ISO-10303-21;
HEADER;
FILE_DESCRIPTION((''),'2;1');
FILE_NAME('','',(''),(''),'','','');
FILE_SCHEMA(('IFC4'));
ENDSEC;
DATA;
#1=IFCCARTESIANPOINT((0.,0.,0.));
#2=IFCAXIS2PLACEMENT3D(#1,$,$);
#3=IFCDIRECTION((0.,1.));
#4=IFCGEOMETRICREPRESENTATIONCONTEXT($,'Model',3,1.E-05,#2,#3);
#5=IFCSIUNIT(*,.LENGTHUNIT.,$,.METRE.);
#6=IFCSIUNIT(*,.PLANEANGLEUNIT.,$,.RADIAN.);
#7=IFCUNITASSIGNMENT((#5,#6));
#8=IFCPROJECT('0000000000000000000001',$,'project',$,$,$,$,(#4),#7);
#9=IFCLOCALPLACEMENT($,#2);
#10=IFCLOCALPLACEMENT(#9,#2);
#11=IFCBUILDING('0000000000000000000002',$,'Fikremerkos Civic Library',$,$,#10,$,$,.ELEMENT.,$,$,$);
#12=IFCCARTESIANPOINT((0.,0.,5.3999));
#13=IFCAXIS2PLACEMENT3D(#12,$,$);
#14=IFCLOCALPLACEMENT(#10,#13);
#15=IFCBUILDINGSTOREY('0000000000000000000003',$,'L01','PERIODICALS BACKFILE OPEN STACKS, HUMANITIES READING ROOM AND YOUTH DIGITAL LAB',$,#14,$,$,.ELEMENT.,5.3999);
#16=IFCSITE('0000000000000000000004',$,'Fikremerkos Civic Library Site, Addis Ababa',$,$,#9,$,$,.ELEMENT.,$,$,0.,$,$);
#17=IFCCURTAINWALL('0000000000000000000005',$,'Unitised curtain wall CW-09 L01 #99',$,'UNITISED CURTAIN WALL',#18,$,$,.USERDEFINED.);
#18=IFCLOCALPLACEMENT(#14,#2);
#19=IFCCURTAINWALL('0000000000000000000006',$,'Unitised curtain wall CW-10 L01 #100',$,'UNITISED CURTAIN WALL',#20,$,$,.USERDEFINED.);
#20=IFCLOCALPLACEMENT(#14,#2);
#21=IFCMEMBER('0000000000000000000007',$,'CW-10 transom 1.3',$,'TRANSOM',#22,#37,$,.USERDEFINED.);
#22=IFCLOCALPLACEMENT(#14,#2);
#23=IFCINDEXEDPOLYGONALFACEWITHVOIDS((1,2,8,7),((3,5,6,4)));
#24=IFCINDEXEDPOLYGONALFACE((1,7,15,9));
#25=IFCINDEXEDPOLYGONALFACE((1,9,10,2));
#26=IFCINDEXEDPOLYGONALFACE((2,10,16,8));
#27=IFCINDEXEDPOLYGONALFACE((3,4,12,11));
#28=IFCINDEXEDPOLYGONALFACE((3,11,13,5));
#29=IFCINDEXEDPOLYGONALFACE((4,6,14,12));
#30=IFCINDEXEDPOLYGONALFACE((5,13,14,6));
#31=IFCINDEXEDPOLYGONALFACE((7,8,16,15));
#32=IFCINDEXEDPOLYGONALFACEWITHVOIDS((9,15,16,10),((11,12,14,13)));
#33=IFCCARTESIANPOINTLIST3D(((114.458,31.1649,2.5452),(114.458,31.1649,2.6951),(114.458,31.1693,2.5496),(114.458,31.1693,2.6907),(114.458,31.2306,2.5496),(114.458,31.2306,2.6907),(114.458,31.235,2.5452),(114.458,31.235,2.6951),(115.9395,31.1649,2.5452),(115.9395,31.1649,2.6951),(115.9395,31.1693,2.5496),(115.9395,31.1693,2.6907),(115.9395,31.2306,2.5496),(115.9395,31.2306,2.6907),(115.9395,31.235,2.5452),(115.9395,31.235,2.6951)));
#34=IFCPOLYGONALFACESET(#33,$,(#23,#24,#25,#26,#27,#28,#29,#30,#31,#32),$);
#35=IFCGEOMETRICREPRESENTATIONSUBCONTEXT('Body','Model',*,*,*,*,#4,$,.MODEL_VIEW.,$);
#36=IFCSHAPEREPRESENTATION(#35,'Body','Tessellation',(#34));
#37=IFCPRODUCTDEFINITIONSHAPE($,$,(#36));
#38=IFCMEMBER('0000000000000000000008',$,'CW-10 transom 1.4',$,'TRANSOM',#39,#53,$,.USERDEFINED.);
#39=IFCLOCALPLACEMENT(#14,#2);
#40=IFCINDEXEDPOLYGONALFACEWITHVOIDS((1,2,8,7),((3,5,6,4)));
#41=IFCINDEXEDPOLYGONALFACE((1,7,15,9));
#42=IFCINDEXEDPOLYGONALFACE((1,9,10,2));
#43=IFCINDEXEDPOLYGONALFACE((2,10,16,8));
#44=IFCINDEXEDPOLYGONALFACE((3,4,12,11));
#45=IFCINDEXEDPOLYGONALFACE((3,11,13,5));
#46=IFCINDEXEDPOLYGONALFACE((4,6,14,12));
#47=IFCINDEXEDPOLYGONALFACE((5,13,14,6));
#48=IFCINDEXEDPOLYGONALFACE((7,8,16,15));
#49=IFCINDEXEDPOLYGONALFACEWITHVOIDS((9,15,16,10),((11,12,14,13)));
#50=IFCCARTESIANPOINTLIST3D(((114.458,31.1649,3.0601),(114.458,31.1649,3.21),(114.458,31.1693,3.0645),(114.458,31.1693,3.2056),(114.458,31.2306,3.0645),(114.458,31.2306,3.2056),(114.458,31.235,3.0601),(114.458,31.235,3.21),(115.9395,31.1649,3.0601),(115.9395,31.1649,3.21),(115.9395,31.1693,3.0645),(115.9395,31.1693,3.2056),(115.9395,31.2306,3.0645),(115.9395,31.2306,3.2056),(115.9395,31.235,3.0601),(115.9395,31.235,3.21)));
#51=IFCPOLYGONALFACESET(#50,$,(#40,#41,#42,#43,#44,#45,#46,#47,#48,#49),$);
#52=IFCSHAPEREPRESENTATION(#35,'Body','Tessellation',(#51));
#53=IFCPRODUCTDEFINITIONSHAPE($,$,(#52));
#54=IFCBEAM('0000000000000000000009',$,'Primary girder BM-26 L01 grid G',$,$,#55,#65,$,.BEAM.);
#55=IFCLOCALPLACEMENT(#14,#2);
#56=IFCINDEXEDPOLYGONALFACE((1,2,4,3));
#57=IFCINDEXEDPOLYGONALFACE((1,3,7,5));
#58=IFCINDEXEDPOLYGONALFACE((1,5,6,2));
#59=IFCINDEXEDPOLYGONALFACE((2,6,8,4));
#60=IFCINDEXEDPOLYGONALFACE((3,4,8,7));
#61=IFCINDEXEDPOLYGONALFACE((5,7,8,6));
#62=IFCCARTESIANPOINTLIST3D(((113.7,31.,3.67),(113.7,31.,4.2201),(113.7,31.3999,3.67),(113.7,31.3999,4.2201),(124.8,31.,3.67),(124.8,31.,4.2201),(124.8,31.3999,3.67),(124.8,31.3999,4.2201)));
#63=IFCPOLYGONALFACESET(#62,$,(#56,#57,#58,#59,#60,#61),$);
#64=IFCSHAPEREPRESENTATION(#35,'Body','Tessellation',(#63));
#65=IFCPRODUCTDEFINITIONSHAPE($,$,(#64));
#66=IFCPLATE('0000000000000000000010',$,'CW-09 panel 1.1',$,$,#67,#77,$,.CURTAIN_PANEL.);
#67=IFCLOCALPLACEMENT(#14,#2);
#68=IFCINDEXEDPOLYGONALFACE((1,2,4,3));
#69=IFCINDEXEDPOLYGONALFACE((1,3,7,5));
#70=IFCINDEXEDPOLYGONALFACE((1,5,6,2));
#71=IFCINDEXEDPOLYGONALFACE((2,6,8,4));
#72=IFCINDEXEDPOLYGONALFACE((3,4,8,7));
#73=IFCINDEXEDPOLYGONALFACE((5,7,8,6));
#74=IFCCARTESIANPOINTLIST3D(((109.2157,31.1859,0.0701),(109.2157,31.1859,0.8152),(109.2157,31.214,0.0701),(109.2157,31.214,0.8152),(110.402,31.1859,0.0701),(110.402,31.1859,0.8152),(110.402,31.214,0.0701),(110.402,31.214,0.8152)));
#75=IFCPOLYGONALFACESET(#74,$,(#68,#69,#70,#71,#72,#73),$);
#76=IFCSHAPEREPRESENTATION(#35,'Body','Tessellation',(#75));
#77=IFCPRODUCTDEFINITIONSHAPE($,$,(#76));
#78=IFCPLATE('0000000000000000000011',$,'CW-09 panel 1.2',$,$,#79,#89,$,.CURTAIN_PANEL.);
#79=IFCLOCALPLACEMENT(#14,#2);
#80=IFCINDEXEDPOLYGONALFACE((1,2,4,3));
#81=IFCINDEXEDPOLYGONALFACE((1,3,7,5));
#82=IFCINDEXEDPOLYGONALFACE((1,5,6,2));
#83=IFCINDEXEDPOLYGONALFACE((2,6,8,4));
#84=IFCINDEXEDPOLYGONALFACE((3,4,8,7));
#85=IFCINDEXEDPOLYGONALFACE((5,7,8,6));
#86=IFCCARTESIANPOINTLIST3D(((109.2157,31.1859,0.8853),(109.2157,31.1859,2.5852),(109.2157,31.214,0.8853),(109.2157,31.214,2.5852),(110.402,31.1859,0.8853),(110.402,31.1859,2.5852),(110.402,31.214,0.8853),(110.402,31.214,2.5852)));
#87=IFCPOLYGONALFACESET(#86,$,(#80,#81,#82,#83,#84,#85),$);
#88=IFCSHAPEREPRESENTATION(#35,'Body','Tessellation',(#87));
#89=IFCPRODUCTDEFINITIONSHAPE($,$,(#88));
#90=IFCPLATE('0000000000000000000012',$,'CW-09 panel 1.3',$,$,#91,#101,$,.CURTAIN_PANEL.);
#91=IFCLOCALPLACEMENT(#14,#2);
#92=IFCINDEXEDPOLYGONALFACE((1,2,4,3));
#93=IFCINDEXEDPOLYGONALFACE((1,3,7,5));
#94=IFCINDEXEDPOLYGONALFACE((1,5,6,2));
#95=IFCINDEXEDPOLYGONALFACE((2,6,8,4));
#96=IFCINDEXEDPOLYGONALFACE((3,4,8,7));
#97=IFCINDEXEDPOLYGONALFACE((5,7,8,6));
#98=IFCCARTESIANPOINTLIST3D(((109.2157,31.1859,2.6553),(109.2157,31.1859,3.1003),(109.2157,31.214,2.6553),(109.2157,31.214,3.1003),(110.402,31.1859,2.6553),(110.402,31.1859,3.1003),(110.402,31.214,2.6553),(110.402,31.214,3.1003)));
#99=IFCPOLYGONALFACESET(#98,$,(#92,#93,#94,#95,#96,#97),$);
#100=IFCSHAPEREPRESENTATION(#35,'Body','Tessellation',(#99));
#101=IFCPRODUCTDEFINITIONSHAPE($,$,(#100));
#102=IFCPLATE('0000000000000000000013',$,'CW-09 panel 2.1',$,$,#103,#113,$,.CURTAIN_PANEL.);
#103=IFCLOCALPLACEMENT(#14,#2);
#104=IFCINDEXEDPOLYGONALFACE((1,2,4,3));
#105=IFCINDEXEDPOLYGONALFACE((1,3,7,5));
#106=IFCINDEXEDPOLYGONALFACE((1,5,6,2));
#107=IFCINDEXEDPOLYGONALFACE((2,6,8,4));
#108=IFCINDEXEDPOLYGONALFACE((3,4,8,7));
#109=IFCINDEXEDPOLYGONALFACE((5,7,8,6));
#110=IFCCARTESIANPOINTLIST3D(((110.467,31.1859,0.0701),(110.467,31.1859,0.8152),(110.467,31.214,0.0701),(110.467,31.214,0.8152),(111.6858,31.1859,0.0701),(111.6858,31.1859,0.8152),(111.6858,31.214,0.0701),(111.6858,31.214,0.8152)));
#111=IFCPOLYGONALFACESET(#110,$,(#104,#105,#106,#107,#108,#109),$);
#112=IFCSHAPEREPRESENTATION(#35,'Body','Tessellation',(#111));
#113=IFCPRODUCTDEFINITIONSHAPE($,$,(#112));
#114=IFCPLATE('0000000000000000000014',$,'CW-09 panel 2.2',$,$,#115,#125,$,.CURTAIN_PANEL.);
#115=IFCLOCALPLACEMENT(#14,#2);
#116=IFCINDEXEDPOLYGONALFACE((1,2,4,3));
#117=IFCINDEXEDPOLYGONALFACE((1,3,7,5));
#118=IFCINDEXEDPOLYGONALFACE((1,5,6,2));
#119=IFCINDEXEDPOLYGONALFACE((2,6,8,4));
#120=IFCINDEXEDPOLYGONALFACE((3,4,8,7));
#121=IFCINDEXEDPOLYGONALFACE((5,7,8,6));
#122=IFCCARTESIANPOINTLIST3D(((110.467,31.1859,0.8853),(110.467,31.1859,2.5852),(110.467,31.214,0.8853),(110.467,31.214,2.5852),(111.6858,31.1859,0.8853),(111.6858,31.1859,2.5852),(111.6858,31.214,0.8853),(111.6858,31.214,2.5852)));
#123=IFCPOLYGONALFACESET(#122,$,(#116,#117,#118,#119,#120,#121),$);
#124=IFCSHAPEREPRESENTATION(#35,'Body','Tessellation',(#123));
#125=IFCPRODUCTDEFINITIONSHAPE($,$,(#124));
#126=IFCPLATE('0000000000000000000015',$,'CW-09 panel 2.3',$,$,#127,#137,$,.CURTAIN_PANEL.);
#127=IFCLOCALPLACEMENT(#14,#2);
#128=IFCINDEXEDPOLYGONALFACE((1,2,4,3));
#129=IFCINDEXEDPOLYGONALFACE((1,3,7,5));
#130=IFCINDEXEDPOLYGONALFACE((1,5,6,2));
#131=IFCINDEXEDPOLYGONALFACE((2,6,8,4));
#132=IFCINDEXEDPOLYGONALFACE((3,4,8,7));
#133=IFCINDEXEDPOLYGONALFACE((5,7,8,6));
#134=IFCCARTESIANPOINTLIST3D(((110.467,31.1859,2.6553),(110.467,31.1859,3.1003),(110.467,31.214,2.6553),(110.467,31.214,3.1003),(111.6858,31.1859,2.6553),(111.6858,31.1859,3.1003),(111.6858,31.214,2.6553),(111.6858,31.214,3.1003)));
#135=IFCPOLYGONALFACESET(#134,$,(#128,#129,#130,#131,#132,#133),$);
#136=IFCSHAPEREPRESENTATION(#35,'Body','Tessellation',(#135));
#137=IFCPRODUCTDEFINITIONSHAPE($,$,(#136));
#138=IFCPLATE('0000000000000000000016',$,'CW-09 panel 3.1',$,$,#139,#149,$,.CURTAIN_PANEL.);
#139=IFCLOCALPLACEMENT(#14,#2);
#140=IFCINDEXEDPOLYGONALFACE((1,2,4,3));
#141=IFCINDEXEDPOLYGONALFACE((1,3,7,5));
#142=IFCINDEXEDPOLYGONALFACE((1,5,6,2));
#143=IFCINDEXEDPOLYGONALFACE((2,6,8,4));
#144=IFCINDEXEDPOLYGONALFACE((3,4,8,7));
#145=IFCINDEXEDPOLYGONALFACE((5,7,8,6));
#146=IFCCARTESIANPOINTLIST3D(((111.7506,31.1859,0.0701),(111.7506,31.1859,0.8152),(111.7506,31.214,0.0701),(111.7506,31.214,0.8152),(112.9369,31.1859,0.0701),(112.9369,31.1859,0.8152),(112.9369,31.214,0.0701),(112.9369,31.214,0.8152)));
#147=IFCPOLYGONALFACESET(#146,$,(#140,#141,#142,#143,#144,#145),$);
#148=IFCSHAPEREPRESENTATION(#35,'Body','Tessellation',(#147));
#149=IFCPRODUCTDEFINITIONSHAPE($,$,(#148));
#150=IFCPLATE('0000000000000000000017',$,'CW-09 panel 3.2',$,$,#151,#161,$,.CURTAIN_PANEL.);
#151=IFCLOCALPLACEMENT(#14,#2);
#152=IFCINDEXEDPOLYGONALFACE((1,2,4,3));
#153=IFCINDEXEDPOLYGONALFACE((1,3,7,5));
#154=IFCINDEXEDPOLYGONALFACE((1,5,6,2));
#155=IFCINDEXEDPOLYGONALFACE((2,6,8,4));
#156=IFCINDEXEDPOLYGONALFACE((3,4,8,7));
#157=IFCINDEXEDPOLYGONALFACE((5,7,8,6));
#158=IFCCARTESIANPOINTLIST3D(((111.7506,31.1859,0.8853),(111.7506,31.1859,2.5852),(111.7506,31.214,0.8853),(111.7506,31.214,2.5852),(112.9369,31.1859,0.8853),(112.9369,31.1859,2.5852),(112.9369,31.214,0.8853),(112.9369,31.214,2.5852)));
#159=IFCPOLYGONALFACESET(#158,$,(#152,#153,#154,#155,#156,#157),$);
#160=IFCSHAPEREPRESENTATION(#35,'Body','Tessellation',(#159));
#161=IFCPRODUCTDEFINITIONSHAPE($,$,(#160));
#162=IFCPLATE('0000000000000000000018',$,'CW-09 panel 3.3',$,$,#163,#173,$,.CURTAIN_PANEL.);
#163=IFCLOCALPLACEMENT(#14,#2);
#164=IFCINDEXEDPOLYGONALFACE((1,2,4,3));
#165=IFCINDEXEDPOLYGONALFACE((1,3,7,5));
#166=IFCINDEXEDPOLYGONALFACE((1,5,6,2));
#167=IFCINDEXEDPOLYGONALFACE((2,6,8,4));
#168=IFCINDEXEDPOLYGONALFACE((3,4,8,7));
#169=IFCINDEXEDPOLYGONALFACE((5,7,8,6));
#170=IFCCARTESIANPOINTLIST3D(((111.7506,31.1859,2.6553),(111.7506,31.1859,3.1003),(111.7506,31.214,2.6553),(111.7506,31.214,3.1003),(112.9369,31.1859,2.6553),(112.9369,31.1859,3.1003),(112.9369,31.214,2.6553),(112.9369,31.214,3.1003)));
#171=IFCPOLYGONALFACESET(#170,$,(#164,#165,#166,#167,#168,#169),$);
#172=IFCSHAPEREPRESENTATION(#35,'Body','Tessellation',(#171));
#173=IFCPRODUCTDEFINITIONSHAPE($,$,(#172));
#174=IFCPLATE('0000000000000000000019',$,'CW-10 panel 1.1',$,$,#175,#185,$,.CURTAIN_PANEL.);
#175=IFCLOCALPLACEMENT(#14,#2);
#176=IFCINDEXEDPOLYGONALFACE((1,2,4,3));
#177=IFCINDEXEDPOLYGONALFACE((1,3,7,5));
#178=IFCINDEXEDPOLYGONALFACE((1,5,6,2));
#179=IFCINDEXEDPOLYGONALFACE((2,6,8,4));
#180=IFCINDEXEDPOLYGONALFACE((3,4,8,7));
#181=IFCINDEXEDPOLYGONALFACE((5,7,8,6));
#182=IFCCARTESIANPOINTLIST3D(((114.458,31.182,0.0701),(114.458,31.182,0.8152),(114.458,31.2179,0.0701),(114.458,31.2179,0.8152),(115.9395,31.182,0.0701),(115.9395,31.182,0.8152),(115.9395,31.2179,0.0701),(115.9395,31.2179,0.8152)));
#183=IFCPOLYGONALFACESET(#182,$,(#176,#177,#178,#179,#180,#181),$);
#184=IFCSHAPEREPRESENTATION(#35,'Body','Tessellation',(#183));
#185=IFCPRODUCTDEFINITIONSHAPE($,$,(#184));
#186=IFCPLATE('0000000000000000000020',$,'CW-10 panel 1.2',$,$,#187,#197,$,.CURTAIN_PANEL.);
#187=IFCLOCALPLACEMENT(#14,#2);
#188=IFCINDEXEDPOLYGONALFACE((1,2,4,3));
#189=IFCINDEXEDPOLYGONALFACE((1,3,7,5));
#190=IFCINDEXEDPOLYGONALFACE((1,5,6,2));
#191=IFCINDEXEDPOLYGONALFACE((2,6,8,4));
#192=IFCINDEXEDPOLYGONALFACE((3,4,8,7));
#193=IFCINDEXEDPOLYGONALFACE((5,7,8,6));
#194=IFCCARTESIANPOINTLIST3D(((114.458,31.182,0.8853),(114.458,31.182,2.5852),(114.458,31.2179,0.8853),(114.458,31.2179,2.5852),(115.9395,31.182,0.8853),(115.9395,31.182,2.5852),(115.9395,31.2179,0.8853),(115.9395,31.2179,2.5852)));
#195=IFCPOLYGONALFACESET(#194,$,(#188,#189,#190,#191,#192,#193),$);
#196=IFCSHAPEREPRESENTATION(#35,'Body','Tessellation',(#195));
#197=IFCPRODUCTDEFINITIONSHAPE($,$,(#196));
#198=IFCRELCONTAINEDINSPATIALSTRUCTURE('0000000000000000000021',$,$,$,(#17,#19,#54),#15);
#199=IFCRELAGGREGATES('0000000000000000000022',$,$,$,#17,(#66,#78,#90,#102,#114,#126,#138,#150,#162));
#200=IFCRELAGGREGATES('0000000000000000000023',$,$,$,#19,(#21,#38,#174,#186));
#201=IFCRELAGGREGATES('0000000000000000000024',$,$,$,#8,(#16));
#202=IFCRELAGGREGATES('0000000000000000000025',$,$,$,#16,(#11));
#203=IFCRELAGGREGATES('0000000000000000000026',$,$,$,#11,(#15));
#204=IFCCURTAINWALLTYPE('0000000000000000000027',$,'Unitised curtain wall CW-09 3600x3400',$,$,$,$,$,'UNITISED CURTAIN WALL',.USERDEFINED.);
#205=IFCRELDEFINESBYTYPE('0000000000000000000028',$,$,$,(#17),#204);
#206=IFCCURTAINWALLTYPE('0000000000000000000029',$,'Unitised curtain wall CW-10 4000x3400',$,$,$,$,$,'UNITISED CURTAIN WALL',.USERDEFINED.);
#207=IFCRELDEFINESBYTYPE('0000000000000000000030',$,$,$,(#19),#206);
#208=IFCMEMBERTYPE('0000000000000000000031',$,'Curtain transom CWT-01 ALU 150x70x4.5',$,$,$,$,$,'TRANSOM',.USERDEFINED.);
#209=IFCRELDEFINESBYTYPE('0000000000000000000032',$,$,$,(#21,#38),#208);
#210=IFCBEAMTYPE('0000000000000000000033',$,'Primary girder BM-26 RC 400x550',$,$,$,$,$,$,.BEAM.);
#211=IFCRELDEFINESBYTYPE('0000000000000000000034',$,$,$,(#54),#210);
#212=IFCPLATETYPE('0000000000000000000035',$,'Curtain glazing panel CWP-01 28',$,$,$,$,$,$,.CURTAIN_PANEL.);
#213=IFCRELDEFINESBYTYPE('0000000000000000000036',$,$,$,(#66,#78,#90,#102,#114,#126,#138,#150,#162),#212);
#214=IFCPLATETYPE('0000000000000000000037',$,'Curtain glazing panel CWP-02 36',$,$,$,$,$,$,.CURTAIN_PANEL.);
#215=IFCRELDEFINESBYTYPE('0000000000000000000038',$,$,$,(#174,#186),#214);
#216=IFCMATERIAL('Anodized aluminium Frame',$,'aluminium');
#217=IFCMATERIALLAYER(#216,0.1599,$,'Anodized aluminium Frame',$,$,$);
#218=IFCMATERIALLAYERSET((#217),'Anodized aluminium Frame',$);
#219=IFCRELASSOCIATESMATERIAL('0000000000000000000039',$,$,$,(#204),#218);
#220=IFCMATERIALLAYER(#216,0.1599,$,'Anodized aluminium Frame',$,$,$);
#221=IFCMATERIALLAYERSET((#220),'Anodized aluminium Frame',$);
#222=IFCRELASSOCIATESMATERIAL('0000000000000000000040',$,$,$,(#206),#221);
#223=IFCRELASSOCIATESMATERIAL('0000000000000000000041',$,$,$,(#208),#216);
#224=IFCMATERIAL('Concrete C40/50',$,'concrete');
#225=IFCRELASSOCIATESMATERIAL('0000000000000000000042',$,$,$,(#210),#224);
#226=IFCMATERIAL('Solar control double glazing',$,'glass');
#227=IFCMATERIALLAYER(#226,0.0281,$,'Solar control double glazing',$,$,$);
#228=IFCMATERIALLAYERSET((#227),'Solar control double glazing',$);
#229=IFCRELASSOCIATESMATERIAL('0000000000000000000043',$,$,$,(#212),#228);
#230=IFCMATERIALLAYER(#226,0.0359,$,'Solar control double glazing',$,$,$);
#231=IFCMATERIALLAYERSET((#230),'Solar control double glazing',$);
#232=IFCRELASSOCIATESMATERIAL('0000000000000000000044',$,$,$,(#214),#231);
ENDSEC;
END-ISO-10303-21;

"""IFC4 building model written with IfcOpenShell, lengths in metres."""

from ifc_helpers import new_model, si_unit, direction, frame, origin, origin_2d, place, context, subcontext, project, spatial, rectangle, hollow_rectangle, extrude, material, layer, layer_set, material_profile, profile_set, type_object, element, aggregate, save


model = new_model("IFC4")

# Units and contexts
model_context = context("Model", 3, precision=1e-05, world=origin(), true_north=direction((0.0, 1.0)))
body_context = subcontext(model_context, "Body", "Model", "MODEL_VIEW")
ifc_project = project(units=[si_unit("LENGTHUNIT", "METRE"), si_unit("PLANEANGLEUNIT", "RADIAN")], contexts=[model_context])

# Site, building, storey
site_placement = place(None, origin())
site = spatial("IfcSite", under=ifc_project, at=site_placement, Name="Fikremerkos Civic Library Site, Addis Ababa", CompositionType="ELEMENT", RefElevation=0.0)
building_placement = place(site_placement, origin())
building = spatial("IfcBuilding", under=site, at=building_placement, Name="Fikremerkos Civic Library", CompositionType="ELEMENT")
storey_placement = place(building_placement, frame((0.0, 0.0, 5.3999)))
storey = spatial("IfcBuildingStorey", under=building, at=storey_placement, Name="L01", Description="PERIODICALS BACKFILE OPEN STACKS, HUMANITIES READING ROOM AND YOUTH DIGITAL LAB", CompositionType="ELEMENT", Elevation=5.3999)

# Shared definitions
ifc_material_1 = material(Name="Concrete C40/50", Category="concrete")

# Curtain wall
ifc_material_2 = material(Name="Anodized aluminium Frame", Category="aluminium")
ifc_layer_1 = layer(ifc_material_2, 0.1599, Name="Anodized aluminium Frame")
ifc_layer_set_1 = layer_set([ifc_layer_1], Name="Anodized aluminium Frame")
curtain_wall_type_1 = type_object("IfcCurtainWallType", Name="Unitised curtain wall CW-09 3600x3400", ElementType="UNITISED CURTAIN WALL", PredefinedType="USERDEFINED", material=ifc_layer_set_1)
curtain_wall_1_placement = place(storey_placement, origin())
curtain_wall_1 = element("IfcCurtainWall", 1, at=curtain_wall_1_placement, inside=storey, type_object=curtain_wall_type_1, Name="Unitised curtain wall CW-09 L01 #99", ObjectType="UNITISED CURTAIN WALL", PredefinedType="USERDEFINED")

# Curtain wall
ifc_layer_2 = layer(ifc_material_2, 0.1599, Name="Anodized aluminium Frame")
ifc_layer_set_2 = layer_set([ifc_layer_2], Name="Anodized aluminium Frame")
curtain_wall_type_2 = type_object("IfcCurtainWallType", Name="Unitised curtain wall CW-10 4000x3400", ElementType="UNITISED CURTAIN WALL", PredefinedType="USERDEFINED", material=ifc_layer_set_2)
curtain_wall_2_placement = place(storey_placement, origin())
curtain_wall_2 = element("IfcCurtainWall", 2, at=curtain_wall_2_placement, inside=storey, type_object=curtain_wall_type_2, Name="Unitised curtain wall CW-10 L01 #100", ObjectType="UNITISED CURTAIN WALL", PredefinedType="USERDEFINED")

# Members
ifc_material_profile_1 = material_profile(ifc_material_2, hollow_rectangle(XDim=0.0701, YDim=0.1499, WallThickness=0.0044, at=origin_2d()), Name="ALU 150x70x4.5")
ifc_profile_set_1 = profile_set([ifc_material_profile_1], Name="Anodized aluminium Frame")
member_type_1 = type_object("IfcMemberType", Name="Curtain transom CWT-01 ALU 150x70x4.5", ElementType="TRANSOM", PredefinedType="USERDEFINED", material=ifc_profile_set_1)
member_1_placement = place(storey_placement, frame((114.458, 31.2, 2.6201), z_axis=(1.0, 0.0, 0.0), x_axis=(0.0, 1.0, 0.0)))
member_1 = element("IfcMember", 3, at=member_1_placement, type_object=member_type_1, Name="CW-10 transom 1.3", ObjectType="TRANSOM", PredefinedType="USERDEFINED", context=body_context, shape_type="SweptSolid", body=[
    extrude(hollow_rectangle(XDim=0.0701, YDim=0.1499, WallThickness=0.0044, at=origin_2d()), origin(), (0.0, 0.0, 1.0), 1.4814),
])
member_2_placement = place(storey_placement, frame((114.458, 31.2, 3.135), z_axis=(1.0, 0.0, 0.0), x_axis=(0.0, 1.0, 0.0)))
member_2 = element("IfcMember", 4, at=member_2_placement, type_object=member_type_1, Name="CW-10 transom 1.4", ObjectType="TRANSOM", PredefinedType="USERDEFINED", context=body_context, shape_type="SweptSolid", body=[
    extrude(hollow_rectangle(XDim=0.0701, YDim=0.1499, WallThickness=0.0044, at=origin_2d()), origin(), (0.0, 0.0, 1.0), 1.4814),
])

# Beam
ifc_material_profile_2 = material_profile(ifc_material_1, rectangle(XDim=0.3999, YDim=0.55, at=origin_2d()), Name="RC 400x550")
ifc_profile_set_2 = profile_set([ifc_material_profile_2], Name="Concrete C40/50")
beam_type = type_object("IfcBeamType", Name="Primary girder BM-26 RC 400x550", PredefinedType="BEAM", material=ifc_profile_set_2)
beam_placement = place(storey_placement, frame((113.7, 31.2, 3.9451), z_axis=(1.0, 0.0, 0.0), x_axis=(0.0, 1.0, 0.0)))
element("IfcBeam", 5, at=beam_placement, inside=storey, type_object=beam_type, Name="Primary girder BM-26 L01 grid G", PredefinedType="BEAM", context=body_context, shape_type="SweptSolid", body=[
    extrude(rectangle(XDim=0.3999, YDim=0.55, at=origin_2d()), origin(), (0.0, 0.0, 1.0), 11.1001),
])

# Plates
ifc_material_3 = material(Name="Solar control double glazing", Category="glass")
ifc_layer_3 = layer(ifc_material_3, 0.0281, Name="Solar control double glazing")
ifc_layer_set_3 = layer_set([ifc_layer_3], Name="Solar control double glazing")
plate_type_1 = type_object("IfcPlateType", Name="Curtain glazing panel CWP-01 28", PredefinedType="CURTAIN_PANEL", material=ifc_layer_set_3)
plate_1_placement = place(storey_placement, frame((109.8088, 31.2, 0.0701), z_axis=(0.0, 0.0, 1.0), x_axis=(1.0, 0.0, 0.0)))
plate_1 = element("IfcPlate", 6, at=plate_1_placement, type_object=plate_type_1, Name="CW-09 panel 1.1", PredefinedType="CURTAIN_PANEL", context=body_context, shape_type="SweptSolid", body=[
    extrude(rectangle(XDim=1.1863, YDim=0.0281, at=origin_2d()), origin(), (0.0, 0.0, 1.0), 0.7451),
])
plate_2_placement = place(storey_placement, frame((109.8088, 31.2, 0.8853), z_axis=(0.0, 0.0, 1.0), x_axis=(1.0, 0.0, 0.0)))
plate_2 = element("IfcPlate", 7, at=plate_2_placement, type_object=plate_type_1, Name="CW-09 panel 1.2", PredefinedType="CURTAIN_PANEL", context=body_context, shape_type="SweptSolid", body=[
    extrude(rectangle(XDim=1.1863, YDim=0.0281, at=origin_2d()), origin(), (0.0, 0.0, 1.0), 1.7),
])
plate_3_placement = place(storey_placement, frame((109.8088, 31.2, 2.6553), z_axis=(0.0, 0.0, 1.0), x_axis=(1.0, 0.0, 0.0)))
plate_3 = element("IfcPlate", 8, at=plate_3_placement, type_object=plate_type_1, Name="CW-09 panel 1.3", PredefinedType="CURTAIN_PANEL", context=body_context, shape_type="SweptSolid", body=[
    extrude(rectangle(XDim=1.1863, YDim=0.0281, at=origin_2d()), origin(), (0.0, 0.0, 1.0), 0.4451),
])
plate_4_placement = place(storey_placement, frame((111.0764, 31.2, 0.0701), z_axis=(0.0, 0.0, 1.0), x_axis=(1.0, 0.0, 0.0)))
plate_4 = element("IfcPlate", 9, at=plate_4_placement, type_object=plate_type_1, Name="CW-09 panel 2.1", PredefinedType="CURTAIN_PANEL", context=body_context, shape_type="SweptSolid", body=[
    extrude(rectangle(XDim=1.2188, YDim=0.0281, at=origin_2d()), origin(), (0.0, 0.0, 1.0), 0.7451),
])
plate_5_placement = place(storey_placement, frame((111.0764, 31.2, 0.8853), z_axis=(0.0, 0.0, 1.0), x_axis=(1.0, 0.0, 0.0)))
plate_5 = element("IfcPlate", 10, at=plate_5_placement, type_object=plate_type_1, Name="CW-09 panel 2.2", PredefinedType="CURTAIN_PANEL", context=body_context, shape_type="SweptSolid", body=[
    extrude(rectangle(XDim=1.2188, YDim=0.0281, at=origin_2d()), origin(), (0.0, 0.0, 1.0), 1.7),
])
plate_6_placement = place(storey_placement, frame((111.0764, 31.2, 2.6553), z_axis=(0.0, 0.0, 1.0), x_axis=(1.0, 0.0, 0.0)))
plate_6 = element("IfcPlate", 11, at=plate_6_placement, type_object=plate_type_1, Name="CW-09 panel 2.3", PredefinedType="CURTAIN_PANEL", context=body_context, shape_type="SweptSolid", body=[
    extrude(rectangle(XDim=1.2188, YDim=0.0281, at=origin_2d()), origin(), (0.0, 0.0, 1.0), 0.4451),
])
plate_7_placement = place(storey_placement, frame((112.3438, 31.2, 0.0701), z_axis=(0.0, 0.0, 1.0), x_axis=(1.0, 0.0, 0.0)))
plate_7 = element("IfcPlate", 12, at=plate_7_placement, type_object=plate_type_1, Name="CW-09 panel 3.1", PredefinedType="CURTAIN_PANEL", context=body_context, shape_type="SweptSolid", body=[
    extrude(rectangle(XDim=1.1863, YDim=0.0281, at=origin_2d()), origin(), (0.0, 0.0, 1.0), 0.7451),
])
plate_8_placement = place(storey_placement, frame((112.3438, 31.2, 0.8853), z_axis=(0.0, 0.0, 1.0), x_axis=(1.0, 0.0, 0.0)))
plate_8 = element("IfcPlate", 13, at=plate_8_placement, type_object=plate_type_1, Name="CW-09 panel 3.2", PredefinedType="CURTAIN_PANEL", context=body_context, shape_type="SweptSolid", body=[
    extrude(rectangle(XDim=1.1863, YDim=0.0281, at=origin_2d()), origin(), (0.0, 0.0, 1.0), 1.7),
])
plate_9_placement = place(storey_placement, frame((112.3438, 31.2, 2.6553), z_axis=(0.0, 0.0, 1.0), x_axis=(1.0, 0.0, 0.0)))
plate_9 = element("IfcPlate", 14, at=plate_9_placement, type_object=plate_type_1, Name="CW-09 panel 3.3", PredefinedType="CURTAIN_PANEL", context=body_context, shape_type="SweptSolid", body=[
    extrude(rectangle(XDim=1.1863, YDim=0.0281, at=origin_2d()), origin(), (0.0, 0.0, 1.0), 0.4451),
])
aggregate(curtain_wall_1, [plate_1, plate_2, plate_3, plate_4, plate_5, plate_6, plate_7, plate_8, plate_9])
ifc_layer_4 = layer(ifc_material_3, 0.0359, Name="Solar control double glazing")
ifc_layer_set_4 = layer_set([ifc_layer_4], Name="Solar control double glazing")
plate_type_2 = type_object("IfcPlateType", Name="Curtain glazing panel CWP-02 36", PredefinedType="CURTAIN_PANEL", material=ifc_layer_set_4)
plate_10_placement = place(storey_placement, frame((115.1987, 31.2, 0.0701), z_axis=(0.0, 0.0, 1.0), x_axis=(1.0, 0.0, 0.0)))
plate_10 = element("IfcPlate", 15, at=plate_10_placement, type_object=plate_type_2, Name="CW-10 panel 1.1", PredefinedType="CURTAIN_PANEL", context=body_context, shape_type="SweptSolid", body=[
    extrude(rectangle(XDim=1.4814, YDim=0.0359, at=origin_2d()), origin(), (0.0, 0.0, 1.0), 0.7451),
])
plate_11_placement = place(storey_placement, frame((115.1987, 31.2, 0.8853), z_axis=(0.0, 0.0, 1.0), x_axis=(1.0, 0.0, 0.0)))
plate_11 = element("IfcPlate", 16, at=plate_11_placement, type_object=plate_type_2, Name="CW-10 panel 1.2", PredefinedType="CURTAIN_PANEL", context=body_context, shape_type="SweptSolid", body=[
    extrude(rectangle(XDim=1.4814, YDim=0.0359, at=origin_2d()), origin(), (0.0, 0.0, 1.0), 1.7),
])
aggregate(curtain_wall_2, [member_1, member_2, plate_10, plate_11])

save(model, "model.ifc")
